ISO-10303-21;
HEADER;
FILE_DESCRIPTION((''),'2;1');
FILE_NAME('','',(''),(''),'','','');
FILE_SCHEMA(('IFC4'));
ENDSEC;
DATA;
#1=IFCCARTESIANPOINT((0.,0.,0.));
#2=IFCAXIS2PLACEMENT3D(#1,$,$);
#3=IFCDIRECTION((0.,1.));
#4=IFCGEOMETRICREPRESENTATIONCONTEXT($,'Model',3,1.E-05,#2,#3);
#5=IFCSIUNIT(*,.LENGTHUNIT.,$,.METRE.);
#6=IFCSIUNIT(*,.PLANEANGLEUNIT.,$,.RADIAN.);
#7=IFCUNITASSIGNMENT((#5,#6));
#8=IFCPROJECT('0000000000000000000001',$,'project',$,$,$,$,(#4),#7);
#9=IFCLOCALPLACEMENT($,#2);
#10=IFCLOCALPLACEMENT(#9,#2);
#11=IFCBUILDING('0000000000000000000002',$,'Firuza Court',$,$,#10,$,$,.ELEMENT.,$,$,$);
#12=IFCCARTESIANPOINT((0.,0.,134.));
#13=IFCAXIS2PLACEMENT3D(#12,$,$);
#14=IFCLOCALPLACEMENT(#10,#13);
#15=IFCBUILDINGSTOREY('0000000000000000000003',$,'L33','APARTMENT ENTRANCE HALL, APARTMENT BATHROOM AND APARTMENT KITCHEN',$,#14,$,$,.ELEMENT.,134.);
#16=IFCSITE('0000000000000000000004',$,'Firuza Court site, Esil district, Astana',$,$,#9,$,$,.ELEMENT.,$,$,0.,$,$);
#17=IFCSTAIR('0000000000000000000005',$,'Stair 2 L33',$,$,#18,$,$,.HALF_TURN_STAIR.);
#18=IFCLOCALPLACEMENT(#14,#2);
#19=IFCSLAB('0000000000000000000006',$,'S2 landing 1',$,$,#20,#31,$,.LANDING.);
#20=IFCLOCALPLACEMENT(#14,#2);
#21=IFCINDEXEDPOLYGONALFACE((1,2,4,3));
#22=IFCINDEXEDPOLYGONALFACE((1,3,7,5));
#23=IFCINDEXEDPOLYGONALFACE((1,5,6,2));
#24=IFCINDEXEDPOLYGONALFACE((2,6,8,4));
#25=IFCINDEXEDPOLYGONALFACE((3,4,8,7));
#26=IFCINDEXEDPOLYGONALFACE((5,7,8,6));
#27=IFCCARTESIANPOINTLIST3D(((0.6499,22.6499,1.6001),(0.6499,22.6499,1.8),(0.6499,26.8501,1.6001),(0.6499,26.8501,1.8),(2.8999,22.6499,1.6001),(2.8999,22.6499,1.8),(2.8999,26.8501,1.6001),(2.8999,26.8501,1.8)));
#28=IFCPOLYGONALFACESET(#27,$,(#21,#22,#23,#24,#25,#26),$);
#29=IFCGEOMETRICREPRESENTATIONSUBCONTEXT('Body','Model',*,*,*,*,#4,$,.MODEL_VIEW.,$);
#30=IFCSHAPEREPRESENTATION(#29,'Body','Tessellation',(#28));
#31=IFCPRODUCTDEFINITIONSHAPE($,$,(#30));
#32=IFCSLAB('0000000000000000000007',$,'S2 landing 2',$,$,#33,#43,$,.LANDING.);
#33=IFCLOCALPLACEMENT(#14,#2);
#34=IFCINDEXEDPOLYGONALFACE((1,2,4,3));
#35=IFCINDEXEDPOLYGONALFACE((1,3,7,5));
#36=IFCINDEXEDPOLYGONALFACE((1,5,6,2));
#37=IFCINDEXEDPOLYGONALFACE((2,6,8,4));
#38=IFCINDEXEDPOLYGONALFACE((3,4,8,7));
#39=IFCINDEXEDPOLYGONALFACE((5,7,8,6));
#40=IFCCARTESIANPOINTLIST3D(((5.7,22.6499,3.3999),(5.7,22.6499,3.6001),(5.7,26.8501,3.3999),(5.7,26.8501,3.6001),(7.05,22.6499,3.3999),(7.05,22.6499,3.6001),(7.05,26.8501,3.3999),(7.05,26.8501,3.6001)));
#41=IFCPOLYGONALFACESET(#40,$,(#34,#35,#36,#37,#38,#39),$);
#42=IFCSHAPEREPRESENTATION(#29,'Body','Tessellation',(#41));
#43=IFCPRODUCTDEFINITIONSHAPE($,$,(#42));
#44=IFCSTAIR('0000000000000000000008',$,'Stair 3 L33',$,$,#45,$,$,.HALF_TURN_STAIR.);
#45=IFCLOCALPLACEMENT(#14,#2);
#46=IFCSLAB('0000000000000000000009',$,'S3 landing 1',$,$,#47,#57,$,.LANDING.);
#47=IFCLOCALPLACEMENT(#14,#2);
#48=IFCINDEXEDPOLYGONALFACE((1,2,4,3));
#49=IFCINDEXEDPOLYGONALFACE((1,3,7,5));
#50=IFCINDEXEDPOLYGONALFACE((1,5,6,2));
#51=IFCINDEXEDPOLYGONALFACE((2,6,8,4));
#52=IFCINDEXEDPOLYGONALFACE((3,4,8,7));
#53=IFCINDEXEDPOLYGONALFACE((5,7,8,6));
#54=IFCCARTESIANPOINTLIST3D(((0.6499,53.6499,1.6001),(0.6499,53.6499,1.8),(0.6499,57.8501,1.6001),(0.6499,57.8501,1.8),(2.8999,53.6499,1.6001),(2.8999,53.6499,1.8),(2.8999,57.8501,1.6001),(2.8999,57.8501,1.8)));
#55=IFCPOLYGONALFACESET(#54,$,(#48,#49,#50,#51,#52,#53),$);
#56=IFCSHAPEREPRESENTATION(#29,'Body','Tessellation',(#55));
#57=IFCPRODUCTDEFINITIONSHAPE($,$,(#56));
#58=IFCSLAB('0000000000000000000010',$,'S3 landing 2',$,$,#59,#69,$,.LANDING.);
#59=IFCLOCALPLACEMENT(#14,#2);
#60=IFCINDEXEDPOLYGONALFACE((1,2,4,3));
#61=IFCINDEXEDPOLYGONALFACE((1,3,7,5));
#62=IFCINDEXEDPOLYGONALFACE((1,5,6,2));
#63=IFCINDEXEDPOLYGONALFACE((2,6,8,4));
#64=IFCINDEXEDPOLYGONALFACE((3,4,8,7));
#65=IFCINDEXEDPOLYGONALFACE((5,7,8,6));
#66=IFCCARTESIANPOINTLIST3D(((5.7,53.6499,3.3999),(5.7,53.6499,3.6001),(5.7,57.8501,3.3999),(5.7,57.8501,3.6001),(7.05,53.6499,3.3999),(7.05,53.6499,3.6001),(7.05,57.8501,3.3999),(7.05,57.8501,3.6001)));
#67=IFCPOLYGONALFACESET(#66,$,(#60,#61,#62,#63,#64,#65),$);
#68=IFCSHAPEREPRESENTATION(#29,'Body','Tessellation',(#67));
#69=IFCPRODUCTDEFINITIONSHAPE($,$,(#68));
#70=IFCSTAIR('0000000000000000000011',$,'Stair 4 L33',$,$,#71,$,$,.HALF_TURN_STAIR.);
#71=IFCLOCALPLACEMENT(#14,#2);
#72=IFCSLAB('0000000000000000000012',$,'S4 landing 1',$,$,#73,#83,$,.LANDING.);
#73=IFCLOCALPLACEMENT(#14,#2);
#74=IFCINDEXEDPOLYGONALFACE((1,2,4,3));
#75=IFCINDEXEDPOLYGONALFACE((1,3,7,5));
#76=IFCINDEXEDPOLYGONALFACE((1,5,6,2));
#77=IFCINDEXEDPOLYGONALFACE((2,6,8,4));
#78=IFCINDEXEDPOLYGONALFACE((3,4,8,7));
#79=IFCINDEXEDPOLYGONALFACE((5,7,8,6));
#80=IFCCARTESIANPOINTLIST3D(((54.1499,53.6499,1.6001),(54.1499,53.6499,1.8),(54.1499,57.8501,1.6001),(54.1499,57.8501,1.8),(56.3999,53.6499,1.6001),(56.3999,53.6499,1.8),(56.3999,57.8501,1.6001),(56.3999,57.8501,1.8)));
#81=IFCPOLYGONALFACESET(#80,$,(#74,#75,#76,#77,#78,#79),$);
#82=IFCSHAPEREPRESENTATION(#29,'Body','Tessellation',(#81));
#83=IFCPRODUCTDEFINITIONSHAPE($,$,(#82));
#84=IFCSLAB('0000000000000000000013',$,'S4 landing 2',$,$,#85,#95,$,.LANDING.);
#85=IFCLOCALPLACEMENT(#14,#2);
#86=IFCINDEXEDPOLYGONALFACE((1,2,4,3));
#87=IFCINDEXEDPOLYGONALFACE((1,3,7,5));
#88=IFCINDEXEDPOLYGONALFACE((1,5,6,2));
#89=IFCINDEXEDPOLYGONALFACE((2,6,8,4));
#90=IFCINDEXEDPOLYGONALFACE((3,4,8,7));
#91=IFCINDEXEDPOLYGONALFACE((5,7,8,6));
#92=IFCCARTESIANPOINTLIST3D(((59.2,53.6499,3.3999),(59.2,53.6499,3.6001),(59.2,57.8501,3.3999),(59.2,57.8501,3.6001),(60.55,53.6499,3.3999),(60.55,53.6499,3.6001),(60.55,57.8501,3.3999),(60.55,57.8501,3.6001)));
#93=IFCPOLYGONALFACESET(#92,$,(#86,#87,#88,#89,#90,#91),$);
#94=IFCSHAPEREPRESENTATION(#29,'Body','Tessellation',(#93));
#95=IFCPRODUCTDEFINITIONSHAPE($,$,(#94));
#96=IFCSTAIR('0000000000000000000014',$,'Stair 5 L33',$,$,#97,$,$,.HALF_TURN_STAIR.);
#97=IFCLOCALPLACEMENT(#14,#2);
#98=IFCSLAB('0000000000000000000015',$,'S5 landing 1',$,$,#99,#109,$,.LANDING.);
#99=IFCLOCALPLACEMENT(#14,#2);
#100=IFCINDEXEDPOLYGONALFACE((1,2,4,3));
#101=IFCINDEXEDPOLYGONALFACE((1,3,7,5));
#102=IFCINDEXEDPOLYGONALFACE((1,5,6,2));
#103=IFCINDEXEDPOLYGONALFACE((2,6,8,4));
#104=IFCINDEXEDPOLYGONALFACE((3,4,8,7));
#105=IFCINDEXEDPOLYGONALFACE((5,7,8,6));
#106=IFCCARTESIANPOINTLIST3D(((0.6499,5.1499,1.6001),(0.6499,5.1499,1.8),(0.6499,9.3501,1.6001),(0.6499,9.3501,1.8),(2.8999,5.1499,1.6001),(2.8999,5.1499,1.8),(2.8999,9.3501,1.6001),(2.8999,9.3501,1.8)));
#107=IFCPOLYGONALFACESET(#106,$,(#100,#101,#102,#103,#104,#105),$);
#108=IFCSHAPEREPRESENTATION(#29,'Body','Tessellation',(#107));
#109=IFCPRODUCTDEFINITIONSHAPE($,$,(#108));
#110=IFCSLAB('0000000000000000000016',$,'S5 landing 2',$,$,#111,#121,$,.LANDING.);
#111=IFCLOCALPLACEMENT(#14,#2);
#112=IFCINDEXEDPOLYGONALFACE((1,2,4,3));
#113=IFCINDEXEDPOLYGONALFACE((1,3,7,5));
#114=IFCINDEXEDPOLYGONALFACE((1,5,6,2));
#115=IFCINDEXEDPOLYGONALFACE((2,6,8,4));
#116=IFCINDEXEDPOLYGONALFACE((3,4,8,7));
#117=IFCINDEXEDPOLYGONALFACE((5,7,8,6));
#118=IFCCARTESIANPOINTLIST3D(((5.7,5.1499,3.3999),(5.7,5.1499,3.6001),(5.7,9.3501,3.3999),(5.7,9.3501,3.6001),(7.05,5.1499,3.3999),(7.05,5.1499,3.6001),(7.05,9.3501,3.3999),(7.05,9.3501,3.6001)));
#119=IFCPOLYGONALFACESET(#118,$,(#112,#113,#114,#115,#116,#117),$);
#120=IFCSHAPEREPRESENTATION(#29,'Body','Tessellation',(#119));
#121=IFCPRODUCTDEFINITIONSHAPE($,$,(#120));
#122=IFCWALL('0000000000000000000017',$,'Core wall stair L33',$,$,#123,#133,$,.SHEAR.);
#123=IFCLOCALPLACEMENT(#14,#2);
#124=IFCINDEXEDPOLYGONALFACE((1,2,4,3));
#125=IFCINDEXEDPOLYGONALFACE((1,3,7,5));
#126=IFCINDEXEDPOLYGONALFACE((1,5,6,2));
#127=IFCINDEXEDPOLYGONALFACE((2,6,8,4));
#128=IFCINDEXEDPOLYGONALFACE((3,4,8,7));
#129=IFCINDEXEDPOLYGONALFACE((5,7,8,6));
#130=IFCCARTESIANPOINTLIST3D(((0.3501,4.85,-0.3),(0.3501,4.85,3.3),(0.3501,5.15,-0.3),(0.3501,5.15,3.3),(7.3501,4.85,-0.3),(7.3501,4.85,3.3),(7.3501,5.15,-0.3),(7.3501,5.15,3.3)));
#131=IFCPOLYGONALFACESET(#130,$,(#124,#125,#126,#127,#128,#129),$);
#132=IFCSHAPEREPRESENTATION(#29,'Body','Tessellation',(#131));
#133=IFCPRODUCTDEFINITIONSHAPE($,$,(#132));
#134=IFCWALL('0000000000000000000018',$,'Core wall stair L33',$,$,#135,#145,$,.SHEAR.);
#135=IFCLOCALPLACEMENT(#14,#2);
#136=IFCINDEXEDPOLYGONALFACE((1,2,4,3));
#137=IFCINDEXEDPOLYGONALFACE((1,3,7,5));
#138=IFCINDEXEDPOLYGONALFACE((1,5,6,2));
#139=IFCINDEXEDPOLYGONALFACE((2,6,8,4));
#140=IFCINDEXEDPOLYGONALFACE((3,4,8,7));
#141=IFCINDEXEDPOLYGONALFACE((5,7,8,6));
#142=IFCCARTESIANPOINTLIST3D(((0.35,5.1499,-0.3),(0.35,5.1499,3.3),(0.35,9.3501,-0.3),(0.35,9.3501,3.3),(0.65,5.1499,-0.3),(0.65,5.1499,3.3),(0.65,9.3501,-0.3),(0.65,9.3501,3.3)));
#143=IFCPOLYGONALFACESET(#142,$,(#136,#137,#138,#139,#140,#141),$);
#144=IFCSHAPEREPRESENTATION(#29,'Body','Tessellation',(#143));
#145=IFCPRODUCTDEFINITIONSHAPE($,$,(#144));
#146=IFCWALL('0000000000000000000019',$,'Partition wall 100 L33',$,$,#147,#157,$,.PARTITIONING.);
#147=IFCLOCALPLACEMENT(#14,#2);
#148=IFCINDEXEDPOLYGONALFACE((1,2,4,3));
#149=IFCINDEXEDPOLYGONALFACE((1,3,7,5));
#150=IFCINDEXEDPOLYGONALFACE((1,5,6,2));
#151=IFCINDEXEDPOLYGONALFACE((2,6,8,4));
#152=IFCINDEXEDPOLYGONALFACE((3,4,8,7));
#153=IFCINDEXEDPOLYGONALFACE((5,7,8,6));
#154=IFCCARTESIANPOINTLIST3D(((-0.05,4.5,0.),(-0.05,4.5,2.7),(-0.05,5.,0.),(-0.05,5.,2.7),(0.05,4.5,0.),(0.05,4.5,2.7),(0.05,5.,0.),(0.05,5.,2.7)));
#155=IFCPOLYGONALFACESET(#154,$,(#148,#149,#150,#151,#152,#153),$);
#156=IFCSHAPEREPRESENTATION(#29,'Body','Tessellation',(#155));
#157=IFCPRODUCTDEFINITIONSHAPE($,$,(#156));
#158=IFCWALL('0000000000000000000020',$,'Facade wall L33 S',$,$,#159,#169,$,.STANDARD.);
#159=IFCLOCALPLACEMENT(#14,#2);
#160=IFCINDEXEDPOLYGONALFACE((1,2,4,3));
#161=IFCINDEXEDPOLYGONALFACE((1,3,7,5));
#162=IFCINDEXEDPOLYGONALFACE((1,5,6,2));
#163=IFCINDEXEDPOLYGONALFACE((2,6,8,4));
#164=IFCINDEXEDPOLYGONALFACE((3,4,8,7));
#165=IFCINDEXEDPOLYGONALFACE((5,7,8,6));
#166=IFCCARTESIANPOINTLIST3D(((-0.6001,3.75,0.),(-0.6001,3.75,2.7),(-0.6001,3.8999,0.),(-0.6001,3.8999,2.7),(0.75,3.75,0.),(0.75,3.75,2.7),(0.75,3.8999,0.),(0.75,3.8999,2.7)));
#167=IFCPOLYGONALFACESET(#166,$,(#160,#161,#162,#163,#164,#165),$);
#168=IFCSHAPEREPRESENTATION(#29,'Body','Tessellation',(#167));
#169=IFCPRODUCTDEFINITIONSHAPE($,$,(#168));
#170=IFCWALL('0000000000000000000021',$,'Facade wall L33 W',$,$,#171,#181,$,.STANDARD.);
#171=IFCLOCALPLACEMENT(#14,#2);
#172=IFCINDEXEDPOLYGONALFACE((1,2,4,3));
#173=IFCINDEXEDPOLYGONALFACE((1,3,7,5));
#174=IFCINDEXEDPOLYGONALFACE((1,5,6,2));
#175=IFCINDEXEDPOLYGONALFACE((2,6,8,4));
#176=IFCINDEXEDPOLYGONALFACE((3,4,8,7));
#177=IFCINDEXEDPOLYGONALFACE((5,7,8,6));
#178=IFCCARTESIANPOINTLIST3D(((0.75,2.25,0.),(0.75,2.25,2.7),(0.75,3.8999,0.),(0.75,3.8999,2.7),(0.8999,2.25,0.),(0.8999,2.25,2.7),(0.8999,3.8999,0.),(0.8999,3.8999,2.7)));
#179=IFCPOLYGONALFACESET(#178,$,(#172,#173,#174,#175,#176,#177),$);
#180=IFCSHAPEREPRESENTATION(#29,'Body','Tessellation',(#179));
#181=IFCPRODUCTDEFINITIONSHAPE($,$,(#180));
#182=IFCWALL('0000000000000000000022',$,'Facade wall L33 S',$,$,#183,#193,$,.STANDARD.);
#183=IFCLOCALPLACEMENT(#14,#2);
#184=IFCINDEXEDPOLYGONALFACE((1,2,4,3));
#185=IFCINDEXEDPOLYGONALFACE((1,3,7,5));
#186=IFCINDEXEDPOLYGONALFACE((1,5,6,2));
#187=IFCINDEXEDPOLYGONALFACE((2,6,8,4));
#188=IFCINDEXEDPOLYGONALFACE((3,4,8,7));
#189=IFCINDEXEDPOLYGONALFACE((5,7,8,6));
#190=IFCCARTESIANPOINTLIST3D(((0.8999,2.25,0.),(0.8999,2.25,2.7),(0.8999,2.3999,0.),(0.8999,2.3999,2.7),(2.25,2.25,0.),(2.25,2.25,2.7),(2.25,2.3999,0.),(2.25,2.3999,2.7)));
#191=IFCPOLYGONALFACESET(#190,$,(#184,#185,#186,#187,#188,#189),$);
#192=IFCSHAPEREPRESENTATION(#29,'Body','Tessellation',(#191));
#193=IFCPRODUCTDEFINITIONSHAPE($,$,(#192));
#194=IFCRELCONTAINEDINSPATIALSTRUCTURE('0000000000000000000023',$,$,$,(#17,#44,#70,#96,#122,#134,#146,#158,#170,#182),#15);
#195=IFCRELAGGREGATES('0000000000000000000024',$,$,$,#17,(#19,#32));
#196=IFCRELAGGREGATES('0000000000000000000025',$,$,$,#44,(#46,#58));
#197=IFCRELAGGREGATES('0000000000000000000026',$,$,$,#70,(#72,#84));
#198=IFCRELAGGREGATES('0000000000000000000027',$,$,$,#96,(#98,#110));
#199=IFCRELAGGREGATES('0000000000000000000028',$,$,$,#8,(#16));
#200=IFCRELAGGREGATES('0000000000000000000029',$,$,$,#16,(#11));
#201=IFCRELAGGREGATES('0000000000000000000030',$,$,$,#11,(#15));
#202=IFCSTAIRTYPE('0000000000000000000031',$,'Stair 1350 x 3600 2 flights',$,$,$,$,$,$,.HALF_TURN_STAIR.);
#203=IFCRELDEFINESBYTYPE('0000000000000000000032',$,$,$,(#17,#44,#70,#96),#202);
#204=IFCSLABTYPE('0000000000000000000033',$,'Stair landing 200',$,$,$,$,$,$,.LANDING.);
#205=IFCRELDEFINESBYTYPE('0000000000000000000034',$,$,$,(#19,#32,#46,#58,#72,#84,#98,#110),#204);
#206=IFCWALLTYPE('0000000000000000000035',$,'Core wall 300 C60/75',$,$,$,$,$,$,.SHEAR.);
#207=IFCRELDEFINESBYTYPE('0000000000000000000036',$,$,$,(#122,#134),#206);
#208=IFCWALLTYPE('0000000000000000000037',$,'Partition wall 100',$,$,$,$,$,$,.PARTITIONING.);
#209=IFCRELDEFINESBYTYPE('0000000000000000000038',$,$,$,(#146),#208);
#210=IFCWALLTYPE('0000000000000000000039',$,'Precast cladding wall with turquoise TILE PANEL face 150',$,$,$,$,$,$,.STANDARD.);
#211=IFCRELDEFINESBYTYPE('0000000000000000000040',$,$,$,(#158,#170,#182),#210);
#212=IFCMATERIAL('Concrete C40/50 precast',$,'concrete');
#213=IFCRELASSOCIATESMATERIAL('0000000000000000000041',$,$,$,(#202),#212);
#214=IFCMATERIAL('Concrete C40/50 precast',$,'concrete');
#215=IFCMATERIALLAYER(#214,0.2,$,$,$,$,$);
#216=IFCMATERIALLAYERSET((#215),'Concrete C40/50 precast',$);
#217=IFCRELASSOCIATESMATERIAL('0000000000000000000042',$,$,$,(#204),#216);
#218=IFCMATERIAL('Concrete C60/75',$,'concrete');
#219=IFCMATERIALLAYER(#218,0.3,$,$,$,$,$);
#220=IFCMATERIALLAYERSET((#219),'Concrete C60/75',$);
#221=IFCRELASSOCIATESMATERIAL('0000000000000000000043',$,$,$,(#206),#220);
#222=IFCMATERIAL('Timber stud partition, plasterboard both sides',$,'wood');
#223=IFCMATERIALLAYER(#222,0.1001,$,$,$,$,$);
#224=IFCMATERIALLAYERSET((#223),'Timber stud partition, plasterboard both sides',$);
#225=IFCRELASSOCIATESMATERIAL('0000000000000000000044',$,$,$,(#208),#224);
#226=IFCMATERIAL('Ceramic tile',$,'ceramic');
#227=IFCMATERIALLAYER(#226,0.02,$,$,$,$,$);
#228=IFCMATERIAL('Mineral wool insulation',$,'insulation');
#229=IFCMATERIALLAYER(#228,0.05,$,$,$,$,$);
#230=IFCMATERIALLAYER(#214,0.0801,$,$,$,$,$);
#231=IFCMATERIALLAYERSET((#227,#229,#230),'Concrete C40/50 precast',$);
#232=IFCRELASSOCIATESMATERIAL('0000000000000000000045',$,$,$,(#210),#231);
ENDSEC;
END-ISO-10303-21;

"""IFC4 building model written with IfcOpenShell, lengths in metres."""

from ifc_helpers import new_model, si_unit, direction, frame, frame_2d, origin, place, context, subcontext, project, spatial, polyline, rectangle, outline, extrude, material, layer, layer_set, type_object, element, aggregate, save


model = new_model("IFC4")

# Units and contexts
model_context = context("Model", 3, precision=1e-05, world=origin(), true_north=direction((0.0, 1.0)))
body_context = subcontext(model_context, "Body", "Model", "MODEL_VIEW")
ifc_project = project(units=[si_unit("LENGTHUNIT", "METRE"), si_unit("PLANEANGLEUNIT", "RADIAN")], contexts=[model_context])

# Site, building, storey
site_placement = place(None, origin())
site = spatial("IfcSite", under=ifc_project, at=site_placement, Name="Firuza Court site, Esil district, Astana", CompositionType="ELEMENT", RefElevation=0.0)
building_placement = place(site_placement, origin())
building = spatial("IfcBuilding", under=site, at=building_placement, Name="Firuza Court", CompositionType="ELEMENT")
storey_placement = place(building_placement, frame((0.0, 0.0, 134.0)))
storey = spatial("IfcBuildingStorey", under=building, at=storey_placement, Name="L33", Description="APARTMENT ENTRANCE HALL, APARTMENT BATHROOM AND APARTMENT KITCHEN", CompositionType="ELEMENT", Elevation=134.0)

# Stairs, slabs
ifc_material_1 = material(Name="Concrete C40/50 precast", Category="concrete")
stair_type = type_object("IfcStairType", Name="Stair 1350 x 3600 2 flights", PredefinedType="HALF_TURN_STAIR", material=ifc_material_1)
ifc_material_2 = material(Name="Concrete C40/50 precast", Category="concrete")
ifc_layer_1 = layer(ifc_material_2, 0.2)
ifc_layer_set_1 = layer_set([ifc_layer_1], Name="Concrete C40/50 precast")
slab_type_1 = type_object("IfcSlabType", Name="Stair landing 200", PredefinedType="LANDING", material=ifc_layer_set_1)
stair_1_placement = place(storey_placement, origin())
stair_1 = element("IfcStair", 1, at=stair_1_placement, inside=storey, type_object=stair_type, Name="Stair 2 L33", PredefinedType="HALF_TURN_STAIR")
slab_1_placement = place(storey_placement, frame((0.0, 0.0, 1.6001)))
slab_1 = element("IfcSlab", 2, at=slab_1_placement, type_object=slab_type_1, Name="S2 landing 1", PredefinedType="LANDING", context=body_context, shape_type="SweptSolid", body=[
    extrude(outline(polyline([(2.8999, 22.6499), (2.8999, 26.8501), (0.6499, 26.8501), (0.6499, 22.6499), (2.8999, 22.6499)])), origin(), (0.0, 0.0, 1.0), 0.2),
])
slab_2_placement = place(storey_placement, frame((0.0, 0.0, 3.3999)))
slab_2 = element("IfcSlab", 3, at=slab_2_placement, type_object=slab_type_1, Name="S2 landing 2", PredefinedType="LANDING", context=body_context, shape_type="SweptSolid", body=[
    extrude(outline(polyline([(7.05, 22.6499), (7.05, 26.8501), (5.7, 26.8501), (5.7, 22.6499), (7.05, 22.6499)])), origin(), (0.0, 0.0, 1.0), 0.2002),
])
aggregate(stair_1, [slab_1, slab_2])
stair_2_placement = place(storey_placement, origin())
stair_2 = element("IfcStair", 4, at=stair_2_placement, inside=storey, type_object=stair_type, Name="Stair 3 L33", PredefinedType="HALF_TURN_STAIR")
slab_3_placement = place(storey_placement, frame((0.0, 0.0, 1.6001)))
slab_3 = element("IfcSlab", 5, at=slab_3_placement, type_object=slab_type_1, Name="S3 landing 1", PredefinedType="LANDING", context=body_context, shape_type="SweptSolid", body=[
    extrude(outline(polyline([(2.8999, 53.6499), (2.8999, 57.8501), (0.6499, 57.8501), (0.6499, 53.6499), (2.8999, 53.6499)])), origin(), (0.0, 0.0, 1.0), 0.2),
])
slab_4_placement = place(storey_placement, frame((0.0, 0.0, 3.3999)))
slab_4 = element("IfcSlab", 6, at=slab_4_placement, type_object=slab_type_1, Name="S3 landing 2", PredefinedType="LANDING", context=body_context, shape_type="SweptSolid", body=[
    extrude(outline(polyline([(7.05, 53.6499), (7.05, 57.8501), (5.7, 57.8501), (5.7, 53.6499), (7.05, 53.6499)])), origin(), (0.0, 0.0, 1.0), 0.2002),
])
aggregate(stair_2, [slab_3, slab_4])
stair_3_placement = place(storey_placement, origin())
stair_3 = element("IfcStair", 7, at=stair_3_placement, inside=storey, type_object=stair_type, Name="Stair 4 L33", PredefinedType="HALF_TURN_STAIR")
slab_5_placement = place(storey_placement, frame((0.0, 0.0, 1.6001)))
slab_5 = element("IfcSlab", 8, at=slab_5_placement, type_object=slab_type_1, Name="S4 landing 1", PredefinedType="LANDING", context=body_context, shape_type="SweptSolid", body=[
    extrude(outline(polyline([(56.3999, 53.6499), (56.3999, 57.8501), (54.1499, 57.8501), (54.1499, 53.6499), (56.3999, 53.6499)])), origin(), (0.0, 0.0, 1.0), 0.2),
])
slab_6_placement = place(storey_placement, frame((0.0, 0.0, 3.3999)))
slab_6 = element("IfcSlab", 9, at=slab_6_placement, type_object=slab_type_1, Name="S4 landing 2", PredefinedType="LANDING", context=body_context, shape_type="SweptSolid", body=[
    extrude(outline(polyline([(60.55, 53.6499), (60.55, 57.8501), (59.2, 57.8501), (59.2, 53.6499), (60.55, 53.6499)])), origin(), (0.0, 0.0, 1.0), 0.2002),
])
aggregate(stair_3, [slab_5, slab_6])
stair_4_placement = place(storey_placement, origin())
stair_4 = element("IfcStair", 10, at=stair_4_placement, inside=storey, type_object=stair_type, Name="Stair 5 L33", PredefinedType="HALF_TURN_STAIR")
slab_7_placement = place(storey_placement, frame((0.0, 0.0, 1.6001)))
slab_7 = element("IfcSlab", 11, at=slab_7_placement, type_object=slab_type_1, Name="S5 landing 1", PredefinedType="LANDING", context=body_context, shape_type="SweptSolid", body=[
    extrude(outline(polyline([(2.8999, 5.1499), (2.8999, 9.3501), (0.6499, 9.3501), (0.6499, 5.1499), (2.8999, 5.1499)])), origin(), (0.0, 0.0, 1.0), 0.2),
])
slab_8_placement = place(storey_placement, frame((0.0, 0.0, 3.3999)))
slab_8 = element("IfcSlab", 12, at=slab_8_placement, type_object=slab_type_1, Name="S5 landing 2", PredefinedType="LANDING", context=body_context, shape_type="SweptSolid", body=[
    extrude(outline(polyline([(7.05, 5.1499), (7.05, 9.3501), (5.7, 9.3501), (5.7, 5.1499), (7.05, 5.1499)])), origin(), (0.0, 0.0, 1.0), 0.2002),
])
aggregate(stair_4, [slab_7, slab_8])

# Walls
ifc_material_3 = material(Name="Concrete C60/75", Category="concrete")
ifc_layer_2 = layer(ifc_material_3, 0.3)
ifc_layer_set_2 = layer_set([ifc_layer_2], Name="Concrete C60/75")
wall_type_1 = type_object("IfcWallType", Name="Core wall 300 C60/75", PredefinedType="SHEAR", material=ifc_layer_set_2)
wall_1_placement = place(storey_placement, frame((0.3501, 5.0, -0.3), z_axis=(0.0, 0.0, 1.0), x_axis=(1.0, 0.0, 0.0)))
element("IfcWall", 13, at=wall_1_placement, inside=storey, type_object=wall_type_1, Name="Core wall stair L33", PredefinedType="SHEAR", context=body_context, shape_type="SweptSolid", body=[
    extrude(rectangle(XDim=7.0, YDim=0.3, at=frame_2d((3.5, 0.0))), origin(), (0.0, 0.0, 1.0), 3.6001),
])
wall_2_placement = place(storey_placement, frame((0.5, 5.1499, -0.3), z_axis=(0.0, 0.0, 1.0), x_axis=(0.0, 1.0, 0.0)))
element("IfcWall", 14, at=wall_2_placement, inside=storey, type_object=wall_type_1, Name="Core wall stair L33", PredefinedType="SHEAR", context=body_context, shape_type="SweptSolid", body=[
    extrude(rectangle(XDim=4.2002, YDim=0.3, at=frame_2d((2.1001, 0.0))), origin(), (0.0, 0.0, 1.0), 3.6001),
])
ifc_material_4 = material(Name="Timber stud partition, plasterboard both sides", Category="wood")
ifc_layer_3 = layer(ifc_material_4, 0.1001)
ifc_layer_set_3 = layer_set([ifc_layer_3], Name="Timber stud partition, plasterboard both sides")
wall_type_2 = type_object("IfcWallType", Name="Partition wall 100", PredefinedType="PARTITIONING", material=ifc_layer_set_3)
wall_3_placement = place(storey_placement, frame((0.0, 4.5, 0.0), z_axis=(0.0, 0.0, 1.0), x_axis=(0.0, 1.0, 0.0)))
element("IfcWall", 15, at=wall_3_placement, inside=storey, type_object=wall_type_2, Name="Partition wall 100 L33", PredefinedType="PARTITIONING", context=body_context, shape_type="SweptSolid", body=[
    extrude(rectangle(XDim=0.5, YDim=0.1001, at=frame_2d((0.25, 0.0))), origin(), (0.0, 0.0, 1.0), 2.7),
])
ifc_material_5 = material(Name="Ceramic tile", Category="ceramic")
ifc_layer_4 = layer(ifc_material_5, 0.02)
ifc_material_6 = material(Name="Mineral wool insulation", Category="insulation")
ifc_layer_5 = layer(ifc_material_6, 0.05)
ifc_layer_6 = layer(ifc_material_2, 0.0801)
ifc_layer_set_4 = layer_set([ifc_layer_4, ifc_layer_5, ifc_layer_6], Name="Concrete C40/50 precast")
wall_type_3 = type_object("IfcWallType", Name="Precast cladding wall with turquoise TILE PANEL face 150", PredefinedType="STANDARD", material=ifc_layer_set_4)
wall_4_placement = place(storey_placement, frame((-0.6001, 3.825, 0.0), z_axis=(0.0, 0.0, 1.0), x_axis=(1.0, 0.0, 0.0)))
element("IfcWall", 16, at=wall_4_placement, inside=storey, type_object=wall_type_3, Name="Facade wall L33 S", PredefinedType="STANDARD", context=body_context, shape_type="SweptSolid", body=[
    extrude(rectangle(XDim=1.3501, YDim=0.1499, at=frame_2d((0.675, 0.0))), origin(), (0.0, 0.0, 1.0), 2.7),
])
wall_5_placement = place(storey_placement, frame((0.825, 3.8999, 0.0), z_axis=(0.0, 0.0, 1.0), x_axis=(0.0, -1.0, 0.0)))
element("IfcWall", 17, at=wall_5_placement, inside=storey, type_object=wall_type_3, Name="Facade wall L33 W", PredefinedType="STANDARD", context=body_context, shape_type="SweptSolid", body=[
    extrude(rectangle(XDim=1.6499, YDim=0.1499, at=frame_2d((0.825, 0.0))), origin(), (0.0, 0.0, 1.0), 2.7),
])
wall_6_placement = place(storey_placement, frame((0.8999, 2.325, 0.0), z_axis=(0.0, 0.0, 1.0), x_axis=(1.0, 0.0, 0.0)))
element("IfcWall", 18, at=wall_6_placement, inside=storey, type_object=wall_type_3, Name="Facade wall L33 S", PredefinedType="STANDARD", context=body_context, shape_type="SweptSolid", body=[
    extrude(rectangle(XDim=1.3501, YDim=0.1499, at=frame_2d((0.675, 0.0))), origin(), (0.0, 0.0, 1.0), 2.7),
])

save(model, "model.ifc")
